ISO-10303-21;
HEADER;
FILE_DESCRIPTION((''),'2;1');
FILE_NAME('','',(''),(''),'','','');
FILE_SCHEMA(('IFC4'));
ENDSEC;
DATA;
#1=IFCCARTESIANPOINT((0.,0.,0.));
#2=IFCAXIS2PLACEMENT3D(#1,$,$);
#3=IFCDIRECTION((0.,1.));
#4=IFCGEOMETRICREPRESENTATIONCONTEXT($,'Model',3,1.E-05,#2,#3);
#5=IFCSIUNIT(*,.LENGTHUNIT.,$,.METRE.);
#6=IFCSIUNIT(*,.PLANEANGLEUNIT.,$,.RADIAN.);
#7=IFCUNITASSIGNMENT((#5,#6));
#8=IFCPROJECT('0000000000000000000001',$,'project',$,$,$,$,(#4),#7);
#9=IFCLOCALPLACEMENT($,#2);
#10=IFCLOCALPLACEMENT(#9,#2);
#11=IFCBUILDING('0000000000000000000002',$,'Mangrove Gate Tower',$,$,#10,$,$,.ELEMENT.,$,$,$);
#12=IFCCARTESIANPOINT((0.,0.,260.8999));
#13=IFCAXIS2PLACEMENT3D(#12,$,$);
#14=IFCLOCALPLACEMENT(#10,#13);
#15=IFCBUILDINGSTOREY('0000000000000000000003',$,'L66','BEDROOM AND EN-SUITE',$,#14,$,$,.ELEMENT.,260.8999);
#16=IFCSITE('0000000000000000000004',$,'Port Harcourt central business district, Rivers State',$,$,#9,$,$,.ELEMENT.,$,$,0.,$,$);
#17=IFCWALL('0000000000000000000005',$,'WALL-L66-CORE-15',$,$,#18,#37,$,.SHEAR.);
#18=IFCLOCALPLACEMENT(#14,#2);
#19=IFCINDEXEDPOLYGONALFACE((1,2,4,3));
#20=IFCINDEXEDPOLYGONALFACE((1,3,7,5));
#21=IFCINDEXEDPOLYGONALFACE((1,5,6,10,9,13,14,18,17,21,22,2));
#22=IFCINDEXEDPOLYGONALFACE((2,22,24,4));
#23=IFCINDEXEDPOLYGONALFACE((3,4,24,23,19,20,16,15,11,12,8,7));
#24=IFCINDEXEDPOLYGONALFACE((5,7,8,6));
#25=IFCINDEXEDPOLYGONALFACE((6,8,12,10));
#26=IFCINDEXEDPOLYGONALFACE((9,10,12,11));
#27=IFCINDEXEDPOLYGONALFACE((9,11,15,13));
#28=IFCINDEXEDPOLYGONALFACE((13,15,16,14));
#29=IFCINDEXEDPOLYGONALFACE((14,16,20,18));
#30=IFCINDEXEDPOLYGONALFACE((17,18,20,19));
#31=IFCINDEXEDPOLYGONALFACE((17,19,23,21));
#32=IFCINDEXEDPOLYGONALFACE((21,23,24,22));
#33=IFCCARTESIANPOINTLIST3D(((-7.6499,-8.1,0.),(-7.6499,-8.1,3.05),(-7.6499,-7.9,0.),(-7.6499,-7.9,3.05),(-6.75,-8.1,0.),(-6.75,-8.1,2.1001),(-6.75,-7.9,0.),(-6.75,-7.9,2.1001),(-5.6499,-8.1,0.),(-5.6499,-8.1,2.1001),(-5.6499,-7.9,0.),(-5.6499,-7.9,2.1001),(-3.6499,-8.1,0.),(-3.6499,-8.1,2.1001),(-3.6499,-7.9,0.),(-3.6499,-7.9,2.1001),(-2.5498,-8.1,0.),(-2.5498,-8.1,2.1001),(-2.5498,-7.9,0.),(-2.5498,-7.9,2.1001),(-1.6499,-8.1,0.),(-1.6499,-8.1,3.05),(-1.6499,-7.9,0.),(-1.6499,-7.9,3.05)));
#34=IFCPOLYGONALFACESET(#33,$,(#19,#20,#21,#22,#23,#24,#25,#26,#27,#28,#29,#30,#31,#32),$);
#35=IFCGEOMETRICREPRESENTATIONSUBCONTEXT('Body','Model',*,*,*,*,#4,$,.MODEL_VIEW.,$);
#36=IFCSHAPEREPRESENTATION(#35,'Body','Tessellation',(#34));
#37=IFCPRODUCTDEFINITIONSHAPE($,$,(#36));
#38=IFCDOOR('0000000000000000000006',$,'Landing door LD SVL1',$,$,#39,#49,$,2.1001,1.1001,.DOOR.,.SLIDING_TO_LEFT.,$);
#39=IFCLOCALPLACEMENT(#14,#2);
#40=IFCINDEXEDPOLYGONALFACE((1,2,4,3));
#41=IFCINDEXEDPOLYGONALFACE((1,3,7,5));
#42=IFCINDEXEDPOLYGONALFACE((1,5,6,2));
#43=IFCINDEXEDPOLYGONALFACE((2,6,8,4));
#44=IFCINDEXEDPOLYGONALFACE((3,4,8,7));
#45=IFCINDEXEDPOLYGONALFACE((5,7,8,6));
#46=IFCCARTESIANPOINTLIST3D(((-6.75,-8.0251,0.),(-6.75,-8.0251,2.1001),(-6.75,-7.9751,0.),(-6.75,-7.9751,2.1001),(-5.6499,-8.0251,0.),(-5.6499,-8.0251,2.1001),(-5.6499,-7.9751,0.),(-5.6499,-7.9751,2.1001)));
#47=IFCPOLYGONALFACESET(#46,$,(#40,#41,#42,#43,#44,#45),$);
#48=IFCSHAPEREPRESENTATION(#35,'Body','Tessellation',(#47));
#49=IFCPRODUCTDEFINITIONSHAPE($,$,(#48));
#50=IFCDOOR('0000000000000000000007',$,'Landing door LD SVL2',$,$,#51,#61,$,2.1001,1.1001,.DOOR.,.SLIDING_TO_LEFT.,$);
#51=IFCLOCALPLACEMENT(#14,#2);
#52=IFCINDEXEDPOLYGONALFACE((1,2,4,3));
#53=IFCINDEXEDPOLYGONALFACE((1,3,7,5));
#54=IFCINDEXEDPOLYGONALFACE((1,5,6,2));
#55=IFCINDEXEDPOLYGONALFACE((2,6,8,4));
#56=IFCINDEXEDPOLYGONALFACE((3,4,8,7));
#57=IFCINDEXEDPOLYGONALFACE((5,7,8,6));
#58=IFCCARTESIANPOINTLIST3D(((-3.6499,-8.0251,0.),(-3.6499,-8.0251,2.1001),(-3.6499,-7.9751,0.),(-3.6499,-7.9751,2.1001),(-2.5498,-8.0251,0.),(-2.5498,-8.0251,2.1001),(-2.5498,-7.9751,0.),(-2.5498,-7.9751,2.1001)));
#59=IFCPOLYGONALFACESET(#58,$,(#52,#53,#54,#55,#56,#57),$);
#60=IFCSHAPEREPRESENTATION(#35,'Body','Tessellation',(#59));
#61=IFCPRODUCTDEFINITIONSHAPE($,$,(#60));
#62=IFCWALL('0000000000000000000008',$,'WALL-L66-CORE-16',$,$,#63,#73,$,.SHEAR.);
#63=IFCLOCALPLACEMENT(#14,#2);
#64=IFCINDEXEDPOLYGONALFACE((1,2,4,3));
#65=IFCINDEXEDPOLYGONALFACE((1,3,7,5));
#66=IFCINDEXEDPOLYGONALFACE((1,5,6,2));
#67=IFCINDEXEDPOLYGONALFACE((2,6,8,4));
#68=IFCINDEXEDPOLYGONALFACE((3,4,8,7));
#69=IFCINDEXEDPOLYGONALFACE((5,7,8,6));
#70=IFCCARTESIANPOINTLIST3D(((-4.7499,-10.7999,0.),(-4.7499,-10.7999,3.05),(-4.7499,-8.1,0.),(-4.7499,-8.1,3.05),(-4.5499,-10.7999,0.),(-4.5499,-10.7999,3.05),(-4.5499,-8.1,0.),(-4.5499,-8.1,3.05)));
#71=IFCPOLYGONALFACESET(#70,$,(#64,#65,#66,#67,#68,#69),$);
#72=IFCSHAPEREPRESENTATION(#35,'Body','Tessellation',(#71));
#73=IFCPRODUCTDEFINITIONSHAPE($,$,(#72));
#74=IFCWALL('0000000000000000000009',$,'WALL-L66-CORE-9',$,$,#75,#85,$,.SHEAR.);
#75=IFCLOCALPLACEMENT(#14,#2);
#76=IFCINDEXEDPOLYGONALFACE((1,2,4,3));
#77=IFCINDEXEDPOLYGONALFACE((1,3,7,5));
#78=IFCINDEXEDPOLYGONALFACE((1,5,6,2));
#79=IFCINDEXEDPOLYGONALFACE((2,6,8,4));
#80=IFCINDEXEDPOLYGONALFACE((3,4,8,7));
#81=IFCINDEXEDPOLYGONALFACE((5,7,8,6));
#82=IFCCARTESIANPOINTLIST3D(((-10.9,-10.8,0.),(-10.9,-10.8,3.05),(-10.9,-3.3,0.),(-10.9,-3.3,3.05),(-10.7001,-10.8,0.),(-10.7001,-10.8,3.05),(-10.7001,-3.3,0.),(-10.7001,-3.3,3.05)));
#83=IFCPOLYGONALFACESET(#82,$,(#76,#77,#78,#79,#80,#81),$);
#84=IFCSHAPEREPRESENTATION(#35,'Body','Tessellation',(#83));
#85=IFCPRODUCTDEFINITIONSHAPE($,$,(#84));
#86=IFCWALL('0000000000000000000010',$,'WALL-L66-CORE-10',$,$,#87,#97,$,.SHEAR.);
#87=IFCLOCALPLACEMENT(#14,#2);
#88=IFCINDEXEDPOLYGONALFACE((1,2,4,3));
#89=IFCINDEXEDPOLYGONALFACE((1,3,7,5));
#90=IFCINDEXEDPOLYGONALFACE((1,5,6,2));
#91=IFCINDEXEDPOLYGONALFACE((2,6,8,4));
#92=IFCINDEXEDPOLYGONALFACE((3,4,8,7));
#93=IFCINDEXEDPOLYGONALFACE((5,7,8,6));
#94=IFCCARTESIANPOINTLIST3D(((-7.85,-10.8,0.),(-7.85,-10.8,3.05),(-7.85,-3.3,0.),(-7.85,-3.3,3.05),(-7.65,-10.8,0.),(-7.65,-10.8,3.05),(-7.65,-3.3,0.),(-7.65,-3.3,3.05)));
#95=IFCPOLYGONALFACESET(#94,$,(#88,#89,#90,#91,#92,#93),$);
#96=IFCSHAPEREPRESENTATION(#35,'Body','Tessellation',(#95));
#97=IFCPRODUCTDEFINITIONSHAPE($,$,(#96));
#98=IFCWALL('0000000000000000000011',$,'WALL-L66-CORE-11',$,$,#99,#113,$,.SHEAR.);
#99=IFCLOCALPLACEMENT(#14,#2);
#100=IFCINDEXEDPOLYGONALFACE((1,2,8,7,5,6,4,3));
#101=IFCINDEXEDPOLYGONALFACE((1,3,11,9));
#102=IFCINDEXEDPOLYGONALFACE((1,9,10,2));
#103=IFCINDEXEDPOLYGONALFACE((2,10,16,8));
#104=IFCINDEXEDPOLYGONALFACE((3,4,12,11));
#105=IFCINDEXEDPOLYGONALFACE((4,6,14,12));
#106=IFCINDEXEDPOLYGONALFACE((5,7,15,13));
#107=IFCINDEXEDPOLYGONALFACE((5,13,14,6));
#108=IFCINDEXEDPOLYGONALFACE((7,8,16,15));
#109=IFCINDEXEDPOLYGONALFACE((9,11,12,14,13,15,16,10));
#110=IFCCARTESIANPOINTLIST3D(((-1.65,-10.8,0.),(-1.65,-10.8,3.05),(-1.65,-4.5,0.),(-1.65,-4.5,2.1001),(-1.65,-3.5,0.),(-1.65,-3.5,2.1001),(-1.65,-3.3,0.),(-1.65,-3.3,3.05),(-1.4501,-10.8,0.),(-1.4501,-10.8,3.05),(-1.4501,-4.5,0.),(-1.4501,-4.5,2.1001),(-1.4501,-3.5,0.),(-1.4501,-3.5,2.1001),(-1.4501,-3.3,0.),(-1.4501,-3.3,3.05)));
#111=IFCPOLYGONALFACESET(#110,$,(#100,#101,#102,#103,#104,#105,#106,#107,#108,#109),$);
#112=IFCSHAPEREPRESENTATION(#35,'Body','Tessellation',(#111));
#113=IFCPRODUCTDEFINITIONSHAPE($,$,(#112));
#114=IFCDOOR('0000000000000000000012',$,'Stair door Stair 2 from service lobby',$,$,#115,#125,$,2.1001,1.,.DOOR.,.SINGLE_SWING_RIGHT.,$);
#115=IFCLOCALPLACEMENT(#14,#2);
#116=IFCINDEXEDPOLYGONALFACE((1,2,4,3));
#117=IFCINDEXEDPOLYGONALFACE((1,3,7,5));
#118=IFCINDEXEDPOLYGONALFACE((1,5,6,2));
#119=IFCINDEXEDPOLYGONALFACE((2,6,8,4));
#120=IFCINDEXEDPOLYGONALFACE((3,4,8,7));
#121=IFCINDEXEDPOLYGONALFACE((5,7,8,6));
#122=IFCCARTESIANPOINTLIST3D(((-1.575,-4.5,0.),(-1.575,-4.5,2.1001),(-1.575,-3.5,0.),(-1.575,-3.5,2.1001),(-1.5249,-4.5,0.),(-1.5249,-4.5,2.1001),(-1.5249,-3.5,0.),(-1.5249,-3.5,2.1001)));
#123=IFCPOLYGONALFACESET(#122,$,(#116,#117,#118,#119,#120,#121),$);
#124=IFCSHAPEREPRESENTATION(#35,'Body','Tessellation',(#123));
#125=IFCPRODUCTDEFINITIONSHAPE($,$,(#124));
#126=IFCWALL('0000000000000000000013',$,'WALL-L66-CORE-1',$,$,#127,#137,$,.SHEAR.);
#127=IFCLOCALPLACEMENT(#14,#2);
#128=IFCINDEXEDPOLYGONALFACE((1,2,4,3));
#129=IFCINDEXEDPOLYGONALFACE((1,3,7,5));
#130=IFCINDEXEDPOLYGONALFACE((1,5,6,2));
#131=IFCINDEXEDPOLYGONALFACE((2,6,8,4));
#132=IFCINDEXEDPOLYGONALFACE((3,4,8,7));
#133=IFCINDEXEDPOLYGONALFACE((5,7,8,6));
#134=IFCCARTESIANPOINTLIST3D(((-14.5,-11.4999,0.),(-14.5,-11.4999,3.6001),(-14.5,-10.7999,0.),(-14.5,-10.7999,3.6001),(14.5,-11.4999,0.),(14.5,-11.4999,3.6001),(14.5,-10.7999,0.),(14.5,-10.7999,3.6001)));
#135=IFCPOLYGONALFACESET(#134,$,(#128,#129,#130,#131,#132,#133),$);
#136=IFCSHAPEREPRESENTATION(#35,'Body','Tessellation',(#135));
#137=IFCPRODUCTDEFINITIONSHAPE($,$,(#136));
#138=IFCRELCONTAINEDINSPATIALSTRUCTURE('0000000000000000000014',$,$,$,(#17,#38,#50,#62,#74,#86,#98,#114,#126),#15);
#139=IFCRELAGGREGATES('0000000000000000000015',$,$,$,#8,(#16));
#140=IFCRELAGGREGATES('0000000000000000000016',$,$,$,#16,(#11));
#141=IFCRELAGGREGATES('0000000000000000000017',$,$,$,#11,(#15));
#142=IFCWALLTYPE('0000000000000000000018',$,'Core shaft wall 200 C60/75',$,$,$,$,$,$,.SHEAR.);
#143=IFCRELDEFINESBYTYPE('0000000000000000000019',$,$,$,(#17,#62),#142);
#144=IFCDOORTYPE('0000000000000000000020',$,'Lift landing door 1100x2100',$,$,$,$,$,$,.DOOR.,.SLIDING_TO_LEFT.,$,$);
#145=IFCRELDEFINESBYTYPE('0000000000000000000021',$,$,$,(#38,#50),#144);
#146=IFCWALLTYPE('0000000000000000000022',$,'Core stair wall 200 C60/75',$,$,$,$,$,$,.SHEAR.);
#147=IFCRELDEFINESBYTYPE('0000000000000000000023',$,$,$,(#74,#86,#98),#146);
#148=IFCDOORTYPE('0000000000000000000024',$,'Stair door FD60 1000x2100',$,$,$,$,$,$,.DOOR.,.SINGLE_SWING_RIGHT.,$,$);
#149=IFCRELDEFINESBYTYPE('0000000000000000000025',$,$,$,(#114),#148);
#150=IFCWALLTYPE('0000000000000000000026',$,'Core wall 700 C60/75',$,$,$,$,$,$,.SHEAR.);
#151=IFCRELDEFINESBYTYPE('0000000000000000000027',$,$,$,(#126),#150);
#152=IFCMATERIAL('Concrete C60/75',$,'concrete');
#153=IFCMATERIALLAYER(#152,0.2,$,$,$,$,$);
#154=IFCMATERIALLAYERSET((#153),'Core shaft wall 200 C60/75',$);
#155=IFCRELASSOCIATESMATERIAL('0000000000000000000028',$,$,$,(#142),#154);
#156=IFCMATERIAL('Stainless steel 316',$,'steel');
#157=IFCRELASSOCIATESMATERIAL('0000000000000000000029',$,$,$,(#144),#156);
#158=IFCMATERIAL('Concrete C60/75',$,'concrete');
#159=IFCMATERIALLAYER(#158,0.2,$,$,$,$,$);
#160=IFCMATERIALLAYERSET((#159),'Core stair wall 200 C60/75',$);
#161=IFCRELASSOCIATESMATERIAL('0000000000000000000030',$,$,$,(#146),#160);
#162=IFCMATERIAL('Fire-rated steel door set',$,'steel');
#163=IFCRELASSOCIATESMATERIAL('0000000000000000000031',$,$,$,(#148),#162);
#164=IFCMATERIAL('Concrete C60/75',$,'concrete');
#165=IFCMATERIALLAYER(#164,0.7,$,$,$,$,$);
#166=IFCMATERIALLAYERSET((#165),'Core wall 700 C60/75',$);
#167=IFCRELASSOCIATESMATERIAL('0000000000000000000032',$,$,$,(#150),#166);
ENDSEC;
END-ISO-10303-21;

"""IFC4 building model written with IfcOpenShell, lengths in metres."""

from ifc_helpers import new_model, si_unit, direction, frame, frame_2d, origin, place, context, subcontext, project, spatial, rectangle, extrude, material, layer, layer_set, type_object, element, fill, save


model = new_model("IFC4")

# Units and contexts
model_context = context("Model", 3, precision=1e-05, world=origin(), true_north=direction((0.0, 1.0)))
body_context = subcontext(model_context, "Body", "Model", "MODEL_VIEW")
ifc_project = project(units=[si_unit("LENGTHUNIT", "METRE"), si_unit("PLANEANGLEUNIT", "RADIAN")], contexts=[model_context])

# Site, building, storey
site_placement = place(None, origin())
site = spatial("IfcSite", under=ifc_project, at=site_placement, Name="Port Harcourt central business district, Rivers State", CompositionType="ELEMENT", RefElevation=0.0)
building_placement = place(site_placement, origin())
building = spatial("IfcBuilding", under=site, at=building_placement, Name="Mangrove Gate Tower", CompositionType="ELEMENT")
storey_placement = place(building_placement, frame((0.0, 0.0, 260.8999)))
storey = spatial("IfcBuildingStorey", under=building, at=storey_placement, Name="L66", Description="BEDROOM AND EN-SUITE", CompositionType="ELEMENT", Elevation=260.8999)

# Wall, openings, doors
ifc_material_1 = material(Name="Concrete C60/75", Category="concrete")
ifc_layer_1 = layer(ifc_material_1, 0.2)
ifc_layer_set_1 = layer_set([ifc_layer_1], Name="Core shaft wall 200 C60/75")
wall_type_1 = type_object("IfcWallType", Name="Core shaft wall 200 C60/75", PredefinedType="SHEAR", material=ifc_layer_set_1)
wall_1_placement = place(storey_placement, frame((-7.6499, -8.0, 0.0), z_axis=(0.0, 0.0, 1.0), x_axis=(1.0, 0.0, 0.0)))
wall_1 = element("IfcWall", 1, at=wall_1_placement, inside=storey, type_object=wall_type_1, Name="WALL-L66-CORE-15", PredefinedType="SHEAR", context=body_context, shape_type="SweptSolid", body=[
    extrude(rectangle(XDim=6.0, YDim=0.2, at=frame_2d((3.0, 0.0))), origin(), (0.0, 0.0, 1.0), 3.05),
])
opening_1_placement = place(wall_1_placement, frame((0.8999, 0.0, 0.0)))
opening_1 = element("IfcOpeningElement", 2, at=opening_1_placement, cuts=wall_1, PredefinedType="OPENING", context=body_context, shape_type="SweptSolid", body=[
    extrude(rectangle(XDim=1.1001, YDim=2.1001, at=frame_2d((0.55, 1.05))), frame((0.0, 0.1099, 0.0), z_axis=(0.0, -1.0, 0.0), x_axis=(1.0, 0.0, 0.0)), (0.0, 0.0, 1.0), 0.22),
])
opening_2_placement = place(wall_1_placement, frame((4.0, 0.0, 0.0)))
opening_2 = element("IfcOpeningElement", 3, at=opening_2_placement, cuts=wall_1, PredefinedType="OPENING", context=body_context, shape_type="SweptSolid", body=[
    extrude(rectangle(XDim=1.1001, YDim=2.1001, at=frame_2d((0.55, 1.05))), frame((0.0, 0.1099, 0.0), z_axis=(0.0, -1.0, 0.0), x_axis=(1.0, 0.0, 0.0)), (0.0, 0.0, 1.0), 0.22),
])
ifc_material_2 = material(Name="Stainless steel 316", Category="steel")
door_type_1 = type_object("IfcDoorType", Name="Lift landing door 1100x2100", OperationType="SLIDING_TO_LEFT", PredefinedType="DOOR", material=ifc_material_2)
door_1_placement = place(opening_1_placement, origin())
door_1 = element("IfcDoor", 4, at=door_1_placement, inside=storey, type_object=door_type_1, Name="Landing door LD SVL1", OperationType="SLIDING_TO_LEFT", OverallHeight=2.1001, OverallWidth=1.1001, PredefinedType="DOOR", context=body_context, shape_type="SweptSolid", body=[
    extrude(rectangle(XDim=1.1001, YDim=2.1001, at=frame_2d((0.55, 1.05))), frame((0.0, 0.0249, 0.0), z_axis=(0.0, -1.0, 0.0), x_axis=(1.0, 0.0, 0.0)), (0.0, 0.0, 1.0), 0.05),
])
fill(opening_1, door_1)
door_2_placement = place(opening_2_placement, origin())
door_2 = element("IfcDoor", 5, at=door_2_placement, inside=storey, type_object=door_type_1, Name="Landing door LD SVL2", OperationType="SLIDING_TO_LEFT", OverallHeight=2.1001, OverallWidth=1.1001, PredefinedType="DOOR", context=body_context, shape_type="SweptSolid", body=[
    extrude(rectangle(XDim=1.1001, YDim=2.1001, at=frame_2d((0.55, 1.05))), frame((0.0, 0.0249, 0.0), z_axis=(0.0, -1.0, 0.0), x_axis=(1.0, 0.0, 0.0)), (0.0, 0.0, 1.0), 0.05),
])
fill(opening_2, door_2)

# Walls
wall_2_placement = place(storey_placement, frame((-4.6499, -10.8, 0.0), z_axis=(0.0, 0.0, 1.0), x_axis=(0.0, 1.0, 0.0)))
element("IfcWall", 6, at=wall_2_placement, inside=storey, type_object=wall_type_1, Name="WALL-L66-CORE-16", PredefinedType="SHEAR", context=body_context, shape_type="SweptSolid", body=[
    extrude(rectangle(XDim=2.7, YDim=0.2, at=frame_2d((1.3501, 0.0))), origin(), (0.0, 0.0, 1.0), 3.05),
])
ifc_material_3 = material(Name="Concrete C60/75", Category="concrete")
ifc_layer_2 = layer(ifc_material_3, 0.2)
ifc_layer_set_2 = layer_set([ifc_layer_2], Name="Core stair wall 200 C60/75")
wall_type_2 = type_object("IfcWallType", Name="Core stair wall 200 C60/75", PredefinedType="SHEAR", material=ifc_layer_set_2)
for number, where, z_axis, x_axis, name in (
    (7, (-10.8, -10.8, 0.0), (0.0, 0.0, 1.0), (0.0, 1.0, 0.0), "WALL-L66-CORE-9"),
    (8, (-7.75, -10.8, 0.0), (0.0, 0.0, 1.0), (0.0, 1.0, 0.0), "WALL-L66-CORE-10"),
):
    element("IfcWall", number, at=place(storey_placement, frame(where, z_axis=z_axis, x_axis=x_axis)), inside=storey, type_object=wall_type_2, Name=name, PredefinedType="SHEAR", context=body_context, shape_type="SweptSolid", body=[
        extrude(rectangle(XDim=7.5, YDim=0.2, at=frame_2d((3.75, 0.0))), origin(), (0.0, 0.0, 1.0), 3.05),
    ])

# Wall, opening, door
wall_3_placement = place(storey_placement, frame((-1.55, -10.8, 0.0), z_axis=(0.0, 0.0, 1.0), x_axis=(0.0, 1.0, 0.0)))
wall_3 = element("IfcWall", 9, at=wall_3_placement, inside=storey, type_object=wall_type_2, Name="WALL-L66-CORE-11", PredefinedType="SHEAR", context=body_context, shape_type="SweptSolid", body=[
    extrude(rectangle(XDim=7.5, YDim=0.2, at=frame_2d((3.75, 0.0))), origin(), (0.0, 0.0, 1.0), 3.05),
])
opening_3_placement = place(wall_3_placement, frame((6.3, 0.0, 0.0)))
opening_3 = element("IfcOpeningElement", 10, at=opening_3_placement, cuts=wall_3, PredefinedType="OPENING", context=body_context, shape_type="SweptSolid", body=[
    extrude(rectangle(XDim=1.0, YDim=2.1001, at=frame_2d((0.5, 1.05))), frame((0.0, 0.1099, 0.0), z_axis=(0.0, -1.0, 0.0), x_axis=(1.0, 0.0, 0.0)), (0.0, 0.0, 1.0), 0.22),
])
ifc_material_4 = material(Name="Fire-rated steel door set", Category="steel")
door_type_2 = type_object("IfcDoorType", Name="Stair door FD60 1000x2100", OperationType="SINGLE_SWING_RIGHT", PredefinedType="DOOR", material=ifc_material_4)
door_3_placement = place(opening_3_placement, origin())
door_3 = element("IfcDoor", 11, at=door_3_placement, inside=storey, type_object=door_type_2, Name="Stair door Stair 2 from service lobby", OperationType="SINGLE_SWING_RIGHT", OverallHeight=2.1001, OverallWidth=1.0, PredefinedType="DOOR", context=body_context, shape_type="SweptSolid", body=[
    extrude(rectangle(XDim=1.0, YDim=2.1001, at=frame_2d((0.5, 1.05))), frame((0.0, 0.0249, 0.0), z_axis=(0.0, -1.0, 0.0), x_axis=(1.0, 0.0, 0.0)), (0.0, 0.0, 1.0), 0.05),
])
fill(opening_3, door_3)

# Wall
ifc_material_5 = material(Name="Concrete C60/75", Category="concrete")
ifc_layer_3 = layer(ifc_material_5, 0.7)
ifc_layer_set_3 = layer_set([ifc_layer_3], Name="Core wall 700 C60/75")
wall_type_3 = type_object("IfcWallType", Name="Core wall 700 C60/75", PredefinedType="SHEAR", material=ifc_layer_set_3)
wall_4_placement = place(storey_placement, frame((-14.5, -11.1499, 0.0), z_axis=(0.0, 0.0, 1.0), x_axis=(1.0, 0.0, 0.0)))
element("IfcWall", 12, at=wall_4_placement, inside=storey, type_object=wall_type_3, Name="WALL-L66-CORE-1", PredefinedType="SHEAR", context=body_context, shape_type="SweptSolid", body=[
    extrude(rectangle(XDim=29.0, YDim=0.7, at=frame_2d((14.5, 0.0))), origin(), (0.0, 0.0, 1.0), 3.6001),
])

save(model, "model.ifc")
